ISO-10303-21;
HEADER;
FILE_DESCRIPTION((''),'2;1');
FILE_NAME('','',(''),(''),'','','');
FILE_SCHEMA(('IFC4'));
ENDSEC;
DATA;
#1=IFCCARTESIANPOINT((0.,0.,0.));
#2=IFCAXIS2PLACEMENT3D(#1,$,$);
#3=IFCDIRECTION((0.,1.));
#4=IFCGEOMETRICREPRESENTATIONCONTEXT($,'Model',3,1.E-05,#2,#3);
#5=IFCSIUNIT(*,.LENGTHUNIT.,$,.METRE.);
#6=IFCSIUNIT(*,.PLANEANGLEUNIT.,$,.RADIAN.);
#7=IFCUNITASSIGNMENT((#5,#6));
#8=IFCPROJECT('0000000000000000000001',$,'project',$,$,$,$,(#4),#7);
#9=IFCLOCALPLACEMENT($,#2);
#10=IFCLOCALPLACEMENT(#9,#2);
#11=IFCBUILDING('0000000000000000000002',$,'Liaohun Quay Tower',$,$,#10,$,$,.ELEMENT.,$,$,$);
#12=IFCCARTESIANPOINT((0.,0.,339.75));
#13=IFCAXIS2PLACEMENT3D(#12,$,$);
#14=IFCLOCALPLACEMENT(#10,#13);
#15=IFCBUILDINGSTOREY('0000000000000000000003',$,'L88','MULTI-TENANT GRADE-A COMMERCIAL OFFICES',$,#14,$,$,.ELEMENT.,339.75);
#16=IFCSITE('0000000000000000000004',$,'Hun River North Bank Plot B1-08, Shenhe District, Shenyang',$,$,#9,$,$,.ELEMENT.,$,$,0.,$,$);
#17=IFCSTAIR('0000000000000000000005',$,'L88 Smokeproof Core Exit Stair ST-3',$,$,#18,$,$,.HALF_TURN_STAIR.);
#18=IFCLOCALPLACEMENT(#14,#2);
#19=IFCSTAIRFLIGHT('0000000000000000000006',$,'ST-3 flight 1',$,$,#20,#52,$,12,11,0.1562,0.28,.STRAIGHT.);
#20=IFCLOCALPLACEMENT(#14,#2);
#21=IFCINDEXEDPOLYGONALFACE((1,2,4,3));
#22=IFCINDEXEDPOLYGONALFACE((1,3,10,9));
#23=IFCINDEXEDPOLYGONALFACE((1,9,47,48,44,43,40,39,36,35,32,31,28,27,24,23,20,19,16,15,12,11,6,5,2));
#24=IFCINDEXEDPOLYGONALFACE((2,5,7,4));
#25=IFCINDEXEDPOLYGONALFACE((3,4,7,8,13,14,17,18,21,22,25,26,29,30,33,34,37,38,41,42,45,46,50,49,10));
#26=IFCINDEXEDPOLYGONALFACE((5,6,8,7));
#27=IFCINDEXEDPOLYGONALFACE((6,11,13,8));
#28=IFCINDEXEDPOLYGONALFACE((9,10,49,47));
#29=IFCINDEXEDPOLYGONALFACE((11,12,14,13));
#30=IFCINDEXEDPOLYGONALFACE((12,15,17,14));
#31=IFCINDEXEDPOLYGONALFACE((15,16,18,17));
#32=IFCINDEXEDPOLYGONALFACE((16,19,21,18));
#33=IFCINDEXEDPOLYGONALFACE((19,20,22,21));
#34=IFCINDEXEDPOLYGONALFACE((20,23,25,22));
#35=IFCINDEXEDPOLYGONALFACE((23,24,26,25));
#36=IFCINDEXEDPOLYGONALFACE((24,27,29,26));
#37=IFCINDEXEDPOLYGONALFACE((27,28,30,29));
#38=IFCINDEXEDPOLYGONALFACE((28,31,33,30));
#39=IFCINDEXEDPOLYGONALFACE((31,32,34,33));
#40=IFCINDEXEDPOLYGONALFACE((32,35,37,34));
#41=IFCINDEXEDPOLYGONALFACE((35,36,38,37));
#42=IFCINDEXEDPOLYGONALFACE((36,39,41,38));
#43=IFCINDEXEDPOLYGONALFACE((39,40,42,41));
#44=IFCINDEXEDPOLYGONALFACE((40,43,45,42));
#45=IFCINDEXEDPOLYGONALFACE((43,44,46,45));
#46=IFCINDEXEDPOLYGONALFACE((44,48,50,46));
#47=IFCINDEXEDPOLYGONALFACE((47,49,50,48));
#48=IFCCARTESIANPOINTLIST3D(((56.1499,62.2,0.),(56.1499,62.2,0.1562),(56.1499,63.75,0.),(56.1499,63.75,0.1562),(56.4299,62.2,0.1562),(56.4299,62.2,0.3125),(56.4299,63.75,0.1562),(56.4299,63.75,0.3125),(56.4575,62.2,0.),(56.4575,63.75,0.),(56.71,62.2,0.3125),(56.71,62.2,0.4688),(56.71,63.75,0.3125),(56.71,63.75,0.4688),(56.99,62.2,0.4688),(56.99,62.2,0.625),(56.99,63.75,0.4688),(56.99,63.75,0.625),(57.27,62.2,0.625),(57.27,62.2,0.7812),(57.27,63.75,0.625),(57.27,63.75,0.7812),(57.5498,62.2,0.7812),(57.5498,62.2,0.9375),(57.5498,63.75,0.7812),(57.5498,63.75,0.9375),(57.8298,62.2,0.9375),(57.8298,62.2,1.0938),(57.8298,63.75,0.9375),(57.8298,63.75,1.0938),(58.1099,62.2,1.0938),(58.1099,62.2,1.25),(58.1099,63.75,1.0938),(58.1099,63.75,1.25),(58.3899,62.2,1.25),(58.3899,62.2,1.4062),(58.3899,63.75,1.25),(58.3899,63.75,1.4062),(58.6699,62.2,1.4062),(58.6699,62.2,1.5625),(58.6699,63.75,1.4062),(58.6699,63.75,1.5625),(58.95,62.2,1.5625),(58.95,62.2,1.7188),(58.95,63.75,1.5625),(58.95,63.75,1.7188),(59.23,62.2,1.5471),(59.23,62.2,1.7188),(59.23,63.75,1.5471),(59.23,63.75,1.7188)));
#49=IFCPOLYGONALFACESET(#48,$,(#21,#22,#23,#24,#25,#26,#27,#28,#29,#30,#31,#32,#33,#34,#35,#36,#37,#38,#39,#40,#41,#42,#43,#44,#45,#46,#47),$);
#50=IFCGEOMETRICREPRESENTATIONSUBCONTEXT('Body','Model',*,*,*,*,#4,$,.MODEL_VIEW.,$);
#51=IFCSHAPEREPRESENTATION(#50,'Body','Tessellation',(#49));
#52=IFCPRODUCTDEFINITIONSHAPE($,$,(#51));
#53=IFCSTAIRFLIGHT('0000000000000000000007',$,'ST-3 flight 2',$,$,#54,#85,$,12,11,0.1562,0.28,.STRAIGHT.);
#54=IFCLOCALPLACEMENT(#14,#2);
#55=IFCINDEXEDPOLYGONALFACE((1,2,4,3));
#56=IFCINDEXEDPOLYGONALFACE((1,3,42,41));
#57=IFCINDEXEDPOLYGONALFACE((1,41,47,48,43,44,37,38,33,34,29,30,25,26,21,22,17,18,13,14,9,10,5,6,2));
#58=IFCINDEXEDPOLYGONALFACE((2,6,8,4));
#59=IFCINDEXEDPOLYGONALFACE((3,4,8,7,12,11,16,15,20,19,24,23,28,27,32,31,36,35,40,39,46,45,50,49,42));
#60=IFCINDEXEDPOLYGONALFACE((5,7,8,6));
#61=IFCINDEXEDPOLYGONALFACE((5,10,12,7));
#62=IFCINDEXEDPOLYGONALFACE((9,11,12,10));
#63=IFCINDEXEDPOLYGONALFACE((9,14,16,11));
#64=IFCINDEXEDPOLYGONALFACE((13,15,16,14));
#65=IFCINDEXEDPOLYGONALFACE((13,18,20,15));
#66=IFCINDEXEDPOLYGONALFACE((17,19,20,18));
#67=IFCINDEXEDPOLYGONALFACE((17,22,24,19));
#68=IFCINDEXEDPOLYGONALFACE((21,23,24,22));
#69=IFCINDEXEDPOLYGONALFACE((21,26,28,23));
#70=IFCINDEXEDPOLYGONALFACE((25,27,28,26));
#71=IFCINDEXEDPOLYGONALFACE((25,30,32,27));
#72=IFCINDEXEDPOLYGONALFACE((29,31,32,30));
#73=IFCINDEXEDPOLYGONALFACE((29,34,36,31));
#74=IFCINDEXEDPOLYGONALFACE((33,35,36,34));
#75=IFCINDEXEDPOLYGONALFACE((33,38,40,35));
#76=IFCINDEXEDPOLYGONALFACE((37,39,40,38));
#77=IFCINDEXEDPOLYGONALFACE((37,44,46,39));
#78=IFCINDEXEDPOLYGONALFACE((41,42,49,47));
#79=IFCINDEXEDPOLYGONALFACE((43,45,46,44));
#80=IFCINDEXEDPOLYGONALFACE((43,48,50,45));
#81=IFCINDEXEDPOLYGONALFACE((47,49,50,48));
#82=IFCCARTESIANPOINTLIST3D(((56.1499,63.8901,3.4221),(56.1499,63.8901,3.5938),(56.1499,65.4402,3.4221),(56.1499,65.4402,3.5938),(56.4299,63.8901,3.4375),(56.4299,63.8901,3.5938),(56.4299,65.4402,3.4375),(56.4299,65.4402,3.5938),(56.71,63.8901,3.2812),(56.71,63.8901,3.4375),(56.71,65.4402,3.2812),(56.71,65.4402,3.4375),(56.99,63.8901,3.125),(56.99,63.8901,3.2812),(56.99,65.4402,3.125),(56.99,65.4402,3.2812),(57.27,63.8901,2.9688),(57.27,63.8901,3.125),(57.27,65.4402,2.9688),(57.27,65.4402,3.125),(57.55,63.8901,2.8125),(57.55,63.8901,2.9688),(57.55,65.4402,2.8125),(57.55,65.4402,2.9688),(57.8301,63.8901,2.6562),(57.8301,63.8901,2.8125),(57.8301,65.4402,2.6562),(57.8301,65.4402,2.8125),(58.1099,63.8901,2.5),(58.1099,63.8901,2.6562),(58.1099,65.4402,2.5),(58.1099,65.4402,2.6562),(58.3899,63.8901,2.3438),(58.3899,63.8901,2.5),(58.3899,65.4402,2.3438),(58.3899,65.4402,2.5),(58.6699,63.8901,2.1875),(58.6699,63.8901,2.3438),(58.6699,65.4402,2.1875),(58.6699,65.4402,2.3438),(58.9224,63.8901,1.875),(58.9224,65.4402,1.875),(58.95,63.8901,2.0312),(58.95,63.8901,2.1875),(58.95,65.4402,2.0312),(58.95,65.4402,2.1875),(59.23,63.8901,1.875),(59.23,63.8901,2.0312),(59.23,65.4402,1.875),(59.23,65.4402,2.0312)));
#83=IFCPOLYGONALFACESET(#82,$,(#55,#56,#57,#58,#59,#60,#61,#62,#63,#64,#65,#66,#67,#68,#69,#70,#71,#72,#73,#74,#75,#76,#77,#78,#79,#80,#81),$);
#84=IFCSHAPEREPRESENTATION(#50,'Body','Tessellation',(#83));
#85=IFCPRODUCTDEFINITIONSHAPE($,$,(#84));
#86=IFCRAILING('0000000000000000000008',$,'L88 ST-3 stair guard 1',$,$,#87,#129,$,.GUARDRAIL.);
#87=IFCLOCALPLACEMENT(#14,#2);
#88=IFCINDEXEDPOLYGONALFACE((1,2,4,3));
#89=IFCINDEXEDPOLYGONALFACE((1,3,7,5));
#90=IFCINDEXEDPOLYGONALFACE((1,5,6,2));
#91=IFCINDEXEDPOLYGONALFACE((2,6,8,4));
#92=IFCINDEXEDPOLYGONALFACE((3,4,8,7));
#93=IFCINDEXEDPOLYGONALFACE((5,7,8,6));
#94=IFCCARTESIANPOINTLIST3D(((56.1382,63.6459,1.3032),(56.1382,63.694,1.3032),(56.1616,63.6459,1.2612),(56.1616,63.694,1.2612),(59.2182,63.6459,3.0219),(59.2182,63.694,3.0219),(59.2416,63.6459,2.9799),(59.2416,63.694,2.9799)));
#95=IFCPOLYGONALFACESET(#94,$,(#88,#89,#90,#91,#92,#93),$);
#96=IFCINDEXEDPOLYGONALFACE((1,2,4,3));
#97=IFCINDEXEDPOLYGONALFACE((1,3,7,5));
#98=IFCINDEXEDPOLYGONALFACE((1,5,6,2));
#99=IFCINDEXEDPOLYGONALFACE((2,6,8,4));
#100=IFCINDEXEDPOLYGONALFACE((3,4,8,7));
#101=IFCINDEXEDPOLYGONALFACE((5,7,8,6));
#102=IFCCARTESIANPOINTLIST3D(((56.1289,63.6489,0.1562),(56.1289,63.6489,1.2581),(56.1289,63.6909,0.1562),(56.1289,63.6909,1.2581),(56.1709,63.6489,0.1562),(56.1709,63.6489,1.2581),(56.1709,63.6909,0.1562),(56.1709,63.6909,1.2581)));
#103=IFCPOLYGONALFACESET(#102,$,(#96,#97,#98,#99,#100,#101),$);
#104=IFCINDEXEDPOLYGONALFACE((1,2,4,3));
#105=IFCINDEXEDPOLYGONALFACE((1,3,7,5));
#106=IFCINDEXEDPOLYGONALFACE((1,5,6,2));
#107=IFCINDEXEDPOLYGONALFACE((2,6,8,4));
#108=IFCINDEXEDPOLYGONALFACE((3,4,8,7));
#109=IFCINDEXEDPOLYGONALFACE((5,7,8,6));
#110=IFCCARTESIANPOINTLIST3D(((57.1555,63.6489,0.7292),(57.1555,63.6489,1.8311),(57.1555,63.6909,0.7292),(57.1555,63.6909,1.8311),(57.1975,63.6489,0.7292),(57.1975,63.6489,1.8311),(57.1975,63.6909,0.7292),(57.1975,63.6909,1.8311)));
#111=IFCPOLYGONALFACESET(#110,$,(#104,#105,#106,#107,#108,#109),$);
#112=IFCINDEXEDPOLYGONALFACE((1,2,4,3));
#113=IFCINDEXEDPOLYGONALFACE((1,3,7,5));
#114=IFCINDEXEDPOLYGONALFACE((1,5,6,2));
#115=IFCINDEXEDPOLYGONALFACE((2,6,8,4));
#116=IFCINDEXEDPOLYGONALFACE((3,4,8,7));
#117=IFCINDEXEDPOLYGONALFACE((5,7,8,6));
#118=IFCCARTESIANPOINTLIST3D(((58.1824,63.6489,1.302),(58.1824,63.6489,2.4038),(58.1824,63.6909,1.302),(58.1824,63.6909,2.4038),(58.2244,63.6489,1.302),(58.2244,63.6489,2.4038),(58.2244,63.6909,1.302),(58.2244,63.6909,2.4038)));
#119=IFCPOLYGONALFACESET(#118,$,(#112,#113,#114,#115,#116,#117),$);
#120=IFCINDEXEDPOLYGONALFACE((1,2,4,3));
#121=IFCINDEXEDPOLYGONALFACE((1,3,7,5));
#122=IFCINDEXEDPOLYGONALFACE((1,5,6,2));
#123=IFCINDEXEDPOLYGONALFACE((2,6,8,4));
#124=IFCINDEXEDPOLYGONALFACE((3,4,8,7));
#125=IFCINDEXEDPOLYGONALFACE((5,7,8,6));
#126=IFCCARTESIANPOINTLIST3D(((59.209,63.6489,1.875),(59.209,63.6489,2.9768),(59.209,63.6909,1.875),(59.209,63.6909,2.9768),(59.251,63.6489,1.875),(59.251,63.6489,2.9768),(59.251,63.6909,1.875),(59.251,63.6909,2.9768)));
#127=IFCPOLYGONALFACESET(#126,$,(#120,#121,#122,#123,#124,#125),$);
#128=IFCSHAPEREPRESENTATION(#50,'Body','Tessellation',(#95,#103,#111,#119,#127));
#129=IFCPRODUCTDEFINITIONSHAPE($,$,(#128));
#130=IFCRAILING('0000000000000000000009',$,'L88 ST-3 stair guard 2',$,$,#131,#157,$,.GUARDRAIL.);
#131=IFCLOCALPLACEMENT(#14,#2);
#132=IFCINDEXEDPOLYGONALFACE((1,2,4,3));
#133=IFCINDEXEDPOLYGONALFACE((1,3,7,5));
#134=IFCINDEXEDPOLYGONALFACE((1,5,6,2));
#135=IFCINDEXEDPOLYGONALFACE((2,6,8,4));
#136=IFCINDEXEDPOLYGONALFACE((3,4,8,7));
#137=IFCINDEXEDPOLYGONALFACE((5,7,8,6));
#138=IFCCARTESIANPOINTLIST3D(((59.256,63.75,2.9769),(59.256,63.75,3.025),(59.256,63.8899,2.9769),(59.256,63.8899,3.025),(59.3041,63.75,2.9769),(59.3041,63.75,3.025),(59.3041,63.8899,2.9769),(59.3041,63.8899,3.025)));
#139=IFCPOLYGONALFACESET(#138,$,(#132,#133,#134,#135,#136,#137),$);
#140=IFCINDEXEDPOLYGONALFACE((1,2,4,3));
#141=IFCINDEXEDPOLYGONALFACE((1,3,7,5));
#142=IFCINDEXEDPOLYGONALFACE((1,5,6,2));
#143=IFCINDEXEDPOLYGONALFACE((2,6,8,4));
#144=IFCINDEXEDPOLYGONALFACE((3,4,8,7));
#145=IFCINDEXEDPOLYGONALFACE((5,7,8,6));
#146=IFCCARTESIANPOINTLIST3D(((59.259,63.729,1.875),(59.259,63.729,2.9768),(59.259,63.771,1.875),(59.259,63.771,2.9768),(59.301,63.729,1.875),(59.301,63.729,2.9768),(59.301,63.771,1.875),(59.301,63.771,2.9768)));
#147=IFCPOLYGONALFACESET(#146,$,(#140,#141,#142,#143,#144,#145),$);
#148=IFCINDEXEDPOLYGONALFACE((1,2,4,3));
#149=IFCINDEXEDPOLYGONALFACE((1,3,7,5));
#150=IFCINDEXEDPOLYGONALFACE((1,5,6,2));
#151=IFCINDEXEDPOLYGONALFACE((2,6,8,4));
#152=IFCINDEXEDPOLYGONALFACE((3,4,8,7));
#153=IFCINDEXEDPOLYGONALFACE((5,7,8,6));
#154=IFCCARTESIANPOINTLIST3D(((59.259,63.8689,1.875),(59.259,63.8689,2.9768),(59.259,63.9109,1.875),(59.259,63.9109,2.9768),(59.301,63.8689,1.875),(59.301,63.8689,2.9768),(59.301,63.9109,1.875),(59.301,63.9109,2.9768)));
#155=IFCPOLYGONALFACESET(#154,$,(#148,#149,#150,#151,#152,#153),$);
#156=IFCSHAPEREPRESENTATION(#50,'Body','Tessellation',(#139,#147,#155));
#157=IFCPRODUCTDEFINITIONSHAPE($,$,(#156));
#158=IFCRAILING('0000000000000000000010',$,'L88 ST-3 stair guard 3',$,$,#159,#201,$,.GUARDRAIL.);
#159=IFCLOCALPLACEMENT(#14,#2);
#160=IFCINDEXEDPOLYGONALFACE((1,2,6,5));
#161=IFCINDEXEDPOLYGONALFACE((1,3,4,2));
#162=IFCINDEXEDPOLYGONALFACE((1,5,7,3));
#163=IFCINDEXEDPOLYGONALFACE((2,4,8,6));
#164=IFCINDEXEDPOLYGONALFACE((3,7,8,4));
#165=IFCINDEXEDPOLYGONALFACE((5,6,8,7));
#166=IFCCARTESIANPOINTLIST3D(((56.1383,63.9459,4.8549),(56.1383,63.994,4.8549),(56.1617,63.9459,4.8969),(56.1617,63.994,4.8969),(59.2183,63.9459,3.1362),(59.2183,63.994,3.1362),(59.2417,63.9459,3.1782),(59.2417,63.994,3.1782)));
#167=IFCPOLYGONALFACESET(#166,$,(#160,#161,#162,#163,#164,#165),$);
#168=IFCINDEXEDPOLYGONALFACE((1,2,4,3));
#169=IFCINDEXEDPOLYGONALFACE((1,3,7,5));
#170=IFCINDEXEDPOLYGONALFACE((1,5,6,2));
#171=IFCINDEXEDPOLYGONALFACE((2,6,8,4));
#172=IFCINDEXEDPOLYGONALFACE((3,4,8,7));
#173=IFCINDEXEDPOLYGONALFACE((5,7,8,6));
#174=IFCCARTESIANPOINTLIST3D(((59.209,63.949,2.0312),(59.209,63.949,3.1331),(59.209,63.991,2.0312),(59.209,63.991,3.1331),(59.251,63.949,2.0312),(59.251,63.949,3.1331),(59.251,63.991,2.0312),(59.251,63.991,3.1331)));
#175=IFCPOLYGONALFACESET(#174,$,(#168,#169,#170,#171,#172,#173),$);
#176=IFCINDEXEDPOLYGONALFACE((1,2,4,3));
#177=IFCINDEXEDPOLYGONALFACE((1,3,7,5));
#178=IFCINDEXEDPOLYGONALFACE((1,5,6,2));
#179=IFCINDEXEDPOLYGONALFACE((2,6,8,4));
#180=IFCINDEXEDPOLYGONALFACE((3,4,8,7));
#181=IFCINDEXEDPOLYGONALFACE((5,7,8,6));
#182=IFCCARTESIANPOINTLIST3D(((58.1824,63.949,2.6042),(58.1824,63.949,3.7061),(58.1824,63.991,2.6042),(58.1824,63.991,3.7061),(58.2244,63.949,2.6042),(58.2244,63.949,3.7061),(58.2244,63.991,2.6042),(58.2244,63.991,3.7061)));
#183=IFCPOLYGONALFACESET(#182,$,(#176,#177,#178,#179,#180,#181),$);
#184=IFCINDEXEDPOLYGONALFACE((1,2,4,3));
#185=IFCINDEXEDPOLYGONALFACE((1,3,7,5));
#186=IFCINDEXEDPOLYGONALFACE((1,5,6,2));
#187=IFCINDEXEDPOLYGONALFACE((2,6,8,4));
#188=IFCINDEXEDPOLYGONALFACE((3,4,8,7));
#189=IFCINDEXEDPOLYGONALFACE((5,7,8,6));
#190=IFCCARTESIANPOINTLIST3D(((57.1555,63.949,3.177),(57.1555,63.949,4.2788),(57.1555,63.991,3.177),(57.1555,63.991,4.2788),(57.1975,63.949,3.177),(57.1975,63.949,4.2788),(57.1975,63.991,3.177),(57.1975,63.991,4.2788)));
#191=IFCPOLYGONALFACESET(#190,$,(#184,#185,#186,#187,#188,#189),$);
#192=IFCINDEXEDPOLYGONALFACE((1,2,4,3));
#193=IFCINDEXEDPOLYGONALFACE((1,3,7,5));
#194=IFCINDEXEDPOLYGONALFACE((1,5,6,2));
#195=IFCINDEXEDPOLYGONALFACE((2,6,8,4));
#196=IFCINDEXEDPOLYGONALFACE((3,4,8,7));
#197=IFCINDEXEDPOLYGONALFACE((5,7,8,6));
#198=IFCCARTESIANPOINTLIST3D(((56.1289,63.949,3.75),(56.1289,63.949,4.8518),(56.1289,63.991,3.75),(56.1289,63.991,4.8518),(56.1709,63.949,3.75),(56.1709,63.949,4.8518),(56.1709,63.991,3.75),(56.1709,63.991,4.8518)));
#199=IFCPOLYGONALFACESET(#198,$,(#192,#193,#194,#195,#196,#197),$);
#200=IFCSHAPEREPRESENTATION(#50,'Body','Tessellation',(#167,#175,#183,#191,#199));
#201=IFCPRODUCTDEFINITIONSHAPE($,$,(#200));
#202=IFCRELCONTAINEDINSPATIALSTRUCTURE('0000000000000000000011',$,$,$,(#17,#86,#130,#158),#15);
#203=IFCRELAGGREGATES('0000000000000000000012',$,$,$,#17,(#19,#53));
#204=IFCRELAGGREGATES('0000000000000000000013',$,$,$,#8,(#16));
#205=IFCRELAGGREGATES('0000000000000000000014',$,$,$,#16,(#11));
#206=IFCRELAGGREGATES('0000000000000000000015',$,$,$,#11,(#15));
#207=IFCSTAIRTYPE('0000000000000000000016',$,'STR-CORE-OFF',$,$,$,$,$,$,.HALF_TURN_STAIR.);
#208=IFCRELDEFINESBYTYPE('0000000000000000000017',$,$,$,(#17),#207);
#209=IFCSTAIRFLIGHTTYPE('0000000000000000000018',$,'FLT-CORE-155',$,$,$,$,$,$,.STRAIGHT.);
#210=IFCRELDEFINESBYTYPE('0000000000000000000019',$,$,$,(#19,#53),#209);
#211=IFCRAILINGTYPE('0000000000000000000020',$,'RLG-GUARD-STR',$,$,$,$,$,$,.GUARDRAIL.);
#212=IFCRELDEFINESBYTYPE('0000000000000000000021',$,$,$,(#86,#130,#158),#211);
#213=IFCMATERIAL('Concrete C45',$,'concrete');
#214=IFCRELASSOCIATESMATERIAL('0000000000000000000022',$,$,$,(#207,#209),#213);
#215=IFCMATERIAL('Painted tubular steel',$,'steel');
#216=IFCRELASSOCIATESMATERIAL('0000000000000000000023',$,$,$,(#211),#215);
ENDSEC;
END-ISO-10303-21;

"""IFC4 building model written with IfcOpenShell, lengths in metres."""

from ifc_helpers import new_model, si_unit, direction, frame, origin, origin_2d, place, context, subcontext, project, spatial, polyline, rectangle, outline, extrude, material, type_object, element, aggregate, save


model = new_model("IFC4")

# Units and contexts
model_context = context("Model", 3, precision=1e-05, world=origin(), true_north=direction((0.0, 1.0)))
body_context = subcontext(model_context, "Body", "Model", "MODEL_VIEW")
ifc_project = project(units=[si_unit("LENGTHUNIT", "METRE"), si_unit("PLANEANGLEUNIT", "RADIAN")], contexts=[model_context])

# Site, building, storey
site_placement = place(None, origin())
site = spatial("IfcSite", under=ifc_project, at=site_placement, Name="Hun River North Bank Plot B1-08, Shenhe District, Shenyang", CompositionType="ELEMENT", RefElevation=0.0)
building_placement = place(site_placement, origin())
building = spatial("IfcBuilding", under=site, at=building_placement, Name="Liaohun Quay Tower", CompositionType="ELEMENT")
storey_placement = place(building_placement, frame((0.0, 0.0, 339.75)))
storey = spatial("IfcBuildingStorey", under=building, at=storey_placement, Name="L88", Description="MULTI-TENANT GRADE-A COMMERCIAL OFFICES", CompositionType="ELEMENT", Elevation=339.75)

# Stair, stair flights
ifc_material_1 = material(Name="Concrete C45", Category="concrete")
stair_type = type_object("IfcStairType", Name="STR-CORE-OFF", PredefinedType="HALF_TURN_STAIR", material=ifc_material_1)
stair_placement = place(storey_placement, origin())
stair = element("IfcStair", 1, at=stair_placement, inside=storey, type_object=stair_type, Name="L88 Smokeproof Core Exit Stair ST-3", PredefinedType="HALF_TURN_STAIR")
stair_flight_type = type_object("IfcStairFlightType", Name="FLT-CORE-155", PredefinedType="STRAIGHT", material=ifc_material_1)
stair_flight_1_placement = place(storey_placement, frame((56.1499, 62.9751, 0.0), z_axis=(0.0, 0.0, 1.0), x_axis=(1.0, 0.0, 0.0)))
stair_flight_1 = element("IfcStairFlight", 2, at=stair_flight_1_placement, type_object=stair_flight_type, Name="ST-3 flight 1", NumberOfRisers=12, NumberOfTreads=11, PredefinedType="STRAIGHT", RiserHeight=0.1562, TreadLength=0.28, context=body_context, shape_type="SweptSolid", body=[
    extrude(outline(polyline([(0.0, 0.0), (0.0, 0.1562), (0.28, 0.1562), (0.28, 0.3125), (0.5601, 0.3125), (0.5601, 0.4688), (0.8401, 0.4688), (0.8401, 0.625), (1.1201, 0.625), (1.1201, 0.7812), (1.3999, 0.7812), (1.3999, 0.9375), (1.6799, 0.9375), (1.6799, 1.0938), (1.96, 1.0938), (1.96, 1.25), (2.24, 1.25), (2.24, 1.4062), (2.52, 1.4062), (2.52, 1.5625), (2.8, 1.5625), (2.8, 1.7188), (3.0801, 1.7188), (3.0801, 1.875), (3.0801, 1.5471), (0.3076, 0.0), (0.0, 0.0)])), frame((0.0, 0.7749, 0.0), z_axis=(0.0, -1.0, 0.0), x_axis=(1.0, 0.0, 0.0)), (0.0, 0.0, 1.0), 1.55),
])
stair_flight_2_placement = place(storey_placement, frame((59.23, 64.665, 1.875), z_axis=(0.0, 0.0, 1.0), x_axis=(-1.0, 0.0, 0.0)))
stair_flight_2 = element("IfcStairFlight", 3, at=stair_flight_2_placement, type_object=stair_flight_type, Name="ST-3 flight 2", NumberOfRisers=12, NumberOfTreads=11, PredefinedType="STRAIGHT", RiserHeight=0.1562, TreadLength=0.28, context=body_context, shape_type="SweptSolid", body=[
    extrude(outline(polyline([(0.0, 0.0), (0.0, 0.1562), (0.28, 0.1562), (0.28, 0.3125), (0.5601, 0.3125), (0.5601, 0.4688), (0.8401, 0.4688), (0.8401, 0.625), (1.1201, 0.625), (1.1201, 0.7812), (1.3999, 0.7812), (1.3999, 0.9375), (1.6799, 0.9375), (1.6799, 1.0938), (1.96, 1.0938), (1.96, 1.25), (2.24, 1.25), (2.24, 1.4062), (2.52, 1.4062), (2.52, 1.5625), (2.8, 1.5625), (2.8, 1.7188), (3.0801, 1.7188), (3.0801, 1.875), (3.0801, 1.5471), (0.3076, 0.0), (0.0, 0.0)])), frame((0.0, 0.7749, 0.0), z_axis=(0.0, -1.0, 0.0), x_axis=(1.0, 0.0, 0.0)), (0.0, 0.0, 1.0), 1.55),
])
aggregate(stair, [stair_flight_1, stair_flight_2])

# Railings
ifc_material_2 = material(Name="Painted tubular steel", Category="steel")
railing_type_1 = type_object("IfcRailingType", Name="RLG-GUARD-STR", PredefinedType="GUARDRAIL", material=ifc_material_2)
railing_1_placement = place(storey_placement, frame((56.1499, 63.6699, 0.1562)))
element("IfcRailing", 4, at=railing_1_placement, inside=storey, type_object=railing_type_1, Name="L88 ST-3 stair guard 1", PredefinedType="GUARDRAIL", context=body_context, shape_type="SweptSolid", body=[
    extrude(rectangle(XDim=0.0481, YDim=0.0481, at=origin_2d()), frame((0.0, 0.0, 1.126), z_axis=(0.873242, 0.0, 0.487288), x_axis=(0.0, 1.0, 0.0)), (0.0, 0.0, 1.0), 3.5271),
    extrude(rectangle(XDim=0.042, YDim=0.042, at=origin_2d()), origin(), (0.0, 0.0, 1.0), 1.1018),
    extrude(rectangle(XDim=0.042, YDim=0.042, at=origin_2d()), frame((1.0266, 0.0, 0.573)), (0.0, 0.0, 1.0), 1.1018),
    extrude(rectangle(XDim=0.042, YDim=0.042, at=origin_2d()), frame((2.0535, 0.0, 1.1458)), (0.0, 0.0, 1.0), 1.1018),
    extrude(rectangle(XDim=0.042, YDim=0.042, at=origin_2d()), frame((3.0801, 0.0, 1.7188)), (0.0, 0.0, 1.0), 1.1018),
])
railing_2_placement = place(storey_placement, frame((59.28, 63.75, 1.875)))
element("IfcRailing", 5, at=railing_2_placement, inside=storey, type_object=railing_type_1, Name="L88 ST-3 stair guard 2", PredefinedType="GUARDRAIL", context=body_context, shape_type="SweptSolid", body=[
    extrude(rectangle(XDim=0.0481, YDim=0.0481, at=origin_2d()), frame((0.0, 0.0, 1.126), z_axis=(0.0, 1.0, 0.0), x_axis=(-1.0, 0.0, 0.0)), (0.0, 0.0, 1.0), 0.1399),
    extrude(rectangle(XDim=0.042, YDim=0.042, at=origin_2d()), origin(), (0.0, 0.0, 1.0), 1.1018),
    extrude(rectangle(XDim=0.042, YDim=0.042, at=origin_2d()), frame((0.0, 0.1399, 0.0)), (0.0, 0.0, 1.0), 1.1018),
])
railing_3_placement = place(storey_placement, frame((59.23, 63.97, 2.0312)))
element("IfcRailing", 6, at=railing_3_placement, inside=storey, type_object=railing_type_1, Name="L88 ST-3 stair guard 3", PredefinedType="GUARDRAIL", context=body_context, shape_type="SweptSolid", body=[
    extrude(rectangle(XDim=0.0481, YDim=0.0481, at=origin_2d()), frame((0.0, 0.0, 1.126), z_axis=(-0.873242, 0.0, 0.487288), x_axis=(0.0, -1.0, 0.0)), (0.0, 0.0, 1.0), 3.5271),
    extrude(rectangle(XDim=0.042, YDim=0.042, at=origin_2d()), origin(), (0.0, 0.0, 1.0), 1.1018),
    extrude(rectangle(XDim=0.042, YDim=0.042, at=origin_2d()), frame((-1.0266, 0.0, 0.573)), (0.0, 0.0, 1.0), 1.1018),
    extrude(rectangle(XDim=0.042, YDim=0.042, at=origin_2d()), frame((-2.0535, 0.0, 1.1458)), (0.0, 0.0, 1.0), 1.1018),
    extrude(rectangle(XDim=0.042, YDim=0.042, at=origin_2d()), frame((-3.0801, 0.0, 1.7188)), (0.0, 0.0, 1.0), 1.1018),
])

save(model, "model.ifc")
